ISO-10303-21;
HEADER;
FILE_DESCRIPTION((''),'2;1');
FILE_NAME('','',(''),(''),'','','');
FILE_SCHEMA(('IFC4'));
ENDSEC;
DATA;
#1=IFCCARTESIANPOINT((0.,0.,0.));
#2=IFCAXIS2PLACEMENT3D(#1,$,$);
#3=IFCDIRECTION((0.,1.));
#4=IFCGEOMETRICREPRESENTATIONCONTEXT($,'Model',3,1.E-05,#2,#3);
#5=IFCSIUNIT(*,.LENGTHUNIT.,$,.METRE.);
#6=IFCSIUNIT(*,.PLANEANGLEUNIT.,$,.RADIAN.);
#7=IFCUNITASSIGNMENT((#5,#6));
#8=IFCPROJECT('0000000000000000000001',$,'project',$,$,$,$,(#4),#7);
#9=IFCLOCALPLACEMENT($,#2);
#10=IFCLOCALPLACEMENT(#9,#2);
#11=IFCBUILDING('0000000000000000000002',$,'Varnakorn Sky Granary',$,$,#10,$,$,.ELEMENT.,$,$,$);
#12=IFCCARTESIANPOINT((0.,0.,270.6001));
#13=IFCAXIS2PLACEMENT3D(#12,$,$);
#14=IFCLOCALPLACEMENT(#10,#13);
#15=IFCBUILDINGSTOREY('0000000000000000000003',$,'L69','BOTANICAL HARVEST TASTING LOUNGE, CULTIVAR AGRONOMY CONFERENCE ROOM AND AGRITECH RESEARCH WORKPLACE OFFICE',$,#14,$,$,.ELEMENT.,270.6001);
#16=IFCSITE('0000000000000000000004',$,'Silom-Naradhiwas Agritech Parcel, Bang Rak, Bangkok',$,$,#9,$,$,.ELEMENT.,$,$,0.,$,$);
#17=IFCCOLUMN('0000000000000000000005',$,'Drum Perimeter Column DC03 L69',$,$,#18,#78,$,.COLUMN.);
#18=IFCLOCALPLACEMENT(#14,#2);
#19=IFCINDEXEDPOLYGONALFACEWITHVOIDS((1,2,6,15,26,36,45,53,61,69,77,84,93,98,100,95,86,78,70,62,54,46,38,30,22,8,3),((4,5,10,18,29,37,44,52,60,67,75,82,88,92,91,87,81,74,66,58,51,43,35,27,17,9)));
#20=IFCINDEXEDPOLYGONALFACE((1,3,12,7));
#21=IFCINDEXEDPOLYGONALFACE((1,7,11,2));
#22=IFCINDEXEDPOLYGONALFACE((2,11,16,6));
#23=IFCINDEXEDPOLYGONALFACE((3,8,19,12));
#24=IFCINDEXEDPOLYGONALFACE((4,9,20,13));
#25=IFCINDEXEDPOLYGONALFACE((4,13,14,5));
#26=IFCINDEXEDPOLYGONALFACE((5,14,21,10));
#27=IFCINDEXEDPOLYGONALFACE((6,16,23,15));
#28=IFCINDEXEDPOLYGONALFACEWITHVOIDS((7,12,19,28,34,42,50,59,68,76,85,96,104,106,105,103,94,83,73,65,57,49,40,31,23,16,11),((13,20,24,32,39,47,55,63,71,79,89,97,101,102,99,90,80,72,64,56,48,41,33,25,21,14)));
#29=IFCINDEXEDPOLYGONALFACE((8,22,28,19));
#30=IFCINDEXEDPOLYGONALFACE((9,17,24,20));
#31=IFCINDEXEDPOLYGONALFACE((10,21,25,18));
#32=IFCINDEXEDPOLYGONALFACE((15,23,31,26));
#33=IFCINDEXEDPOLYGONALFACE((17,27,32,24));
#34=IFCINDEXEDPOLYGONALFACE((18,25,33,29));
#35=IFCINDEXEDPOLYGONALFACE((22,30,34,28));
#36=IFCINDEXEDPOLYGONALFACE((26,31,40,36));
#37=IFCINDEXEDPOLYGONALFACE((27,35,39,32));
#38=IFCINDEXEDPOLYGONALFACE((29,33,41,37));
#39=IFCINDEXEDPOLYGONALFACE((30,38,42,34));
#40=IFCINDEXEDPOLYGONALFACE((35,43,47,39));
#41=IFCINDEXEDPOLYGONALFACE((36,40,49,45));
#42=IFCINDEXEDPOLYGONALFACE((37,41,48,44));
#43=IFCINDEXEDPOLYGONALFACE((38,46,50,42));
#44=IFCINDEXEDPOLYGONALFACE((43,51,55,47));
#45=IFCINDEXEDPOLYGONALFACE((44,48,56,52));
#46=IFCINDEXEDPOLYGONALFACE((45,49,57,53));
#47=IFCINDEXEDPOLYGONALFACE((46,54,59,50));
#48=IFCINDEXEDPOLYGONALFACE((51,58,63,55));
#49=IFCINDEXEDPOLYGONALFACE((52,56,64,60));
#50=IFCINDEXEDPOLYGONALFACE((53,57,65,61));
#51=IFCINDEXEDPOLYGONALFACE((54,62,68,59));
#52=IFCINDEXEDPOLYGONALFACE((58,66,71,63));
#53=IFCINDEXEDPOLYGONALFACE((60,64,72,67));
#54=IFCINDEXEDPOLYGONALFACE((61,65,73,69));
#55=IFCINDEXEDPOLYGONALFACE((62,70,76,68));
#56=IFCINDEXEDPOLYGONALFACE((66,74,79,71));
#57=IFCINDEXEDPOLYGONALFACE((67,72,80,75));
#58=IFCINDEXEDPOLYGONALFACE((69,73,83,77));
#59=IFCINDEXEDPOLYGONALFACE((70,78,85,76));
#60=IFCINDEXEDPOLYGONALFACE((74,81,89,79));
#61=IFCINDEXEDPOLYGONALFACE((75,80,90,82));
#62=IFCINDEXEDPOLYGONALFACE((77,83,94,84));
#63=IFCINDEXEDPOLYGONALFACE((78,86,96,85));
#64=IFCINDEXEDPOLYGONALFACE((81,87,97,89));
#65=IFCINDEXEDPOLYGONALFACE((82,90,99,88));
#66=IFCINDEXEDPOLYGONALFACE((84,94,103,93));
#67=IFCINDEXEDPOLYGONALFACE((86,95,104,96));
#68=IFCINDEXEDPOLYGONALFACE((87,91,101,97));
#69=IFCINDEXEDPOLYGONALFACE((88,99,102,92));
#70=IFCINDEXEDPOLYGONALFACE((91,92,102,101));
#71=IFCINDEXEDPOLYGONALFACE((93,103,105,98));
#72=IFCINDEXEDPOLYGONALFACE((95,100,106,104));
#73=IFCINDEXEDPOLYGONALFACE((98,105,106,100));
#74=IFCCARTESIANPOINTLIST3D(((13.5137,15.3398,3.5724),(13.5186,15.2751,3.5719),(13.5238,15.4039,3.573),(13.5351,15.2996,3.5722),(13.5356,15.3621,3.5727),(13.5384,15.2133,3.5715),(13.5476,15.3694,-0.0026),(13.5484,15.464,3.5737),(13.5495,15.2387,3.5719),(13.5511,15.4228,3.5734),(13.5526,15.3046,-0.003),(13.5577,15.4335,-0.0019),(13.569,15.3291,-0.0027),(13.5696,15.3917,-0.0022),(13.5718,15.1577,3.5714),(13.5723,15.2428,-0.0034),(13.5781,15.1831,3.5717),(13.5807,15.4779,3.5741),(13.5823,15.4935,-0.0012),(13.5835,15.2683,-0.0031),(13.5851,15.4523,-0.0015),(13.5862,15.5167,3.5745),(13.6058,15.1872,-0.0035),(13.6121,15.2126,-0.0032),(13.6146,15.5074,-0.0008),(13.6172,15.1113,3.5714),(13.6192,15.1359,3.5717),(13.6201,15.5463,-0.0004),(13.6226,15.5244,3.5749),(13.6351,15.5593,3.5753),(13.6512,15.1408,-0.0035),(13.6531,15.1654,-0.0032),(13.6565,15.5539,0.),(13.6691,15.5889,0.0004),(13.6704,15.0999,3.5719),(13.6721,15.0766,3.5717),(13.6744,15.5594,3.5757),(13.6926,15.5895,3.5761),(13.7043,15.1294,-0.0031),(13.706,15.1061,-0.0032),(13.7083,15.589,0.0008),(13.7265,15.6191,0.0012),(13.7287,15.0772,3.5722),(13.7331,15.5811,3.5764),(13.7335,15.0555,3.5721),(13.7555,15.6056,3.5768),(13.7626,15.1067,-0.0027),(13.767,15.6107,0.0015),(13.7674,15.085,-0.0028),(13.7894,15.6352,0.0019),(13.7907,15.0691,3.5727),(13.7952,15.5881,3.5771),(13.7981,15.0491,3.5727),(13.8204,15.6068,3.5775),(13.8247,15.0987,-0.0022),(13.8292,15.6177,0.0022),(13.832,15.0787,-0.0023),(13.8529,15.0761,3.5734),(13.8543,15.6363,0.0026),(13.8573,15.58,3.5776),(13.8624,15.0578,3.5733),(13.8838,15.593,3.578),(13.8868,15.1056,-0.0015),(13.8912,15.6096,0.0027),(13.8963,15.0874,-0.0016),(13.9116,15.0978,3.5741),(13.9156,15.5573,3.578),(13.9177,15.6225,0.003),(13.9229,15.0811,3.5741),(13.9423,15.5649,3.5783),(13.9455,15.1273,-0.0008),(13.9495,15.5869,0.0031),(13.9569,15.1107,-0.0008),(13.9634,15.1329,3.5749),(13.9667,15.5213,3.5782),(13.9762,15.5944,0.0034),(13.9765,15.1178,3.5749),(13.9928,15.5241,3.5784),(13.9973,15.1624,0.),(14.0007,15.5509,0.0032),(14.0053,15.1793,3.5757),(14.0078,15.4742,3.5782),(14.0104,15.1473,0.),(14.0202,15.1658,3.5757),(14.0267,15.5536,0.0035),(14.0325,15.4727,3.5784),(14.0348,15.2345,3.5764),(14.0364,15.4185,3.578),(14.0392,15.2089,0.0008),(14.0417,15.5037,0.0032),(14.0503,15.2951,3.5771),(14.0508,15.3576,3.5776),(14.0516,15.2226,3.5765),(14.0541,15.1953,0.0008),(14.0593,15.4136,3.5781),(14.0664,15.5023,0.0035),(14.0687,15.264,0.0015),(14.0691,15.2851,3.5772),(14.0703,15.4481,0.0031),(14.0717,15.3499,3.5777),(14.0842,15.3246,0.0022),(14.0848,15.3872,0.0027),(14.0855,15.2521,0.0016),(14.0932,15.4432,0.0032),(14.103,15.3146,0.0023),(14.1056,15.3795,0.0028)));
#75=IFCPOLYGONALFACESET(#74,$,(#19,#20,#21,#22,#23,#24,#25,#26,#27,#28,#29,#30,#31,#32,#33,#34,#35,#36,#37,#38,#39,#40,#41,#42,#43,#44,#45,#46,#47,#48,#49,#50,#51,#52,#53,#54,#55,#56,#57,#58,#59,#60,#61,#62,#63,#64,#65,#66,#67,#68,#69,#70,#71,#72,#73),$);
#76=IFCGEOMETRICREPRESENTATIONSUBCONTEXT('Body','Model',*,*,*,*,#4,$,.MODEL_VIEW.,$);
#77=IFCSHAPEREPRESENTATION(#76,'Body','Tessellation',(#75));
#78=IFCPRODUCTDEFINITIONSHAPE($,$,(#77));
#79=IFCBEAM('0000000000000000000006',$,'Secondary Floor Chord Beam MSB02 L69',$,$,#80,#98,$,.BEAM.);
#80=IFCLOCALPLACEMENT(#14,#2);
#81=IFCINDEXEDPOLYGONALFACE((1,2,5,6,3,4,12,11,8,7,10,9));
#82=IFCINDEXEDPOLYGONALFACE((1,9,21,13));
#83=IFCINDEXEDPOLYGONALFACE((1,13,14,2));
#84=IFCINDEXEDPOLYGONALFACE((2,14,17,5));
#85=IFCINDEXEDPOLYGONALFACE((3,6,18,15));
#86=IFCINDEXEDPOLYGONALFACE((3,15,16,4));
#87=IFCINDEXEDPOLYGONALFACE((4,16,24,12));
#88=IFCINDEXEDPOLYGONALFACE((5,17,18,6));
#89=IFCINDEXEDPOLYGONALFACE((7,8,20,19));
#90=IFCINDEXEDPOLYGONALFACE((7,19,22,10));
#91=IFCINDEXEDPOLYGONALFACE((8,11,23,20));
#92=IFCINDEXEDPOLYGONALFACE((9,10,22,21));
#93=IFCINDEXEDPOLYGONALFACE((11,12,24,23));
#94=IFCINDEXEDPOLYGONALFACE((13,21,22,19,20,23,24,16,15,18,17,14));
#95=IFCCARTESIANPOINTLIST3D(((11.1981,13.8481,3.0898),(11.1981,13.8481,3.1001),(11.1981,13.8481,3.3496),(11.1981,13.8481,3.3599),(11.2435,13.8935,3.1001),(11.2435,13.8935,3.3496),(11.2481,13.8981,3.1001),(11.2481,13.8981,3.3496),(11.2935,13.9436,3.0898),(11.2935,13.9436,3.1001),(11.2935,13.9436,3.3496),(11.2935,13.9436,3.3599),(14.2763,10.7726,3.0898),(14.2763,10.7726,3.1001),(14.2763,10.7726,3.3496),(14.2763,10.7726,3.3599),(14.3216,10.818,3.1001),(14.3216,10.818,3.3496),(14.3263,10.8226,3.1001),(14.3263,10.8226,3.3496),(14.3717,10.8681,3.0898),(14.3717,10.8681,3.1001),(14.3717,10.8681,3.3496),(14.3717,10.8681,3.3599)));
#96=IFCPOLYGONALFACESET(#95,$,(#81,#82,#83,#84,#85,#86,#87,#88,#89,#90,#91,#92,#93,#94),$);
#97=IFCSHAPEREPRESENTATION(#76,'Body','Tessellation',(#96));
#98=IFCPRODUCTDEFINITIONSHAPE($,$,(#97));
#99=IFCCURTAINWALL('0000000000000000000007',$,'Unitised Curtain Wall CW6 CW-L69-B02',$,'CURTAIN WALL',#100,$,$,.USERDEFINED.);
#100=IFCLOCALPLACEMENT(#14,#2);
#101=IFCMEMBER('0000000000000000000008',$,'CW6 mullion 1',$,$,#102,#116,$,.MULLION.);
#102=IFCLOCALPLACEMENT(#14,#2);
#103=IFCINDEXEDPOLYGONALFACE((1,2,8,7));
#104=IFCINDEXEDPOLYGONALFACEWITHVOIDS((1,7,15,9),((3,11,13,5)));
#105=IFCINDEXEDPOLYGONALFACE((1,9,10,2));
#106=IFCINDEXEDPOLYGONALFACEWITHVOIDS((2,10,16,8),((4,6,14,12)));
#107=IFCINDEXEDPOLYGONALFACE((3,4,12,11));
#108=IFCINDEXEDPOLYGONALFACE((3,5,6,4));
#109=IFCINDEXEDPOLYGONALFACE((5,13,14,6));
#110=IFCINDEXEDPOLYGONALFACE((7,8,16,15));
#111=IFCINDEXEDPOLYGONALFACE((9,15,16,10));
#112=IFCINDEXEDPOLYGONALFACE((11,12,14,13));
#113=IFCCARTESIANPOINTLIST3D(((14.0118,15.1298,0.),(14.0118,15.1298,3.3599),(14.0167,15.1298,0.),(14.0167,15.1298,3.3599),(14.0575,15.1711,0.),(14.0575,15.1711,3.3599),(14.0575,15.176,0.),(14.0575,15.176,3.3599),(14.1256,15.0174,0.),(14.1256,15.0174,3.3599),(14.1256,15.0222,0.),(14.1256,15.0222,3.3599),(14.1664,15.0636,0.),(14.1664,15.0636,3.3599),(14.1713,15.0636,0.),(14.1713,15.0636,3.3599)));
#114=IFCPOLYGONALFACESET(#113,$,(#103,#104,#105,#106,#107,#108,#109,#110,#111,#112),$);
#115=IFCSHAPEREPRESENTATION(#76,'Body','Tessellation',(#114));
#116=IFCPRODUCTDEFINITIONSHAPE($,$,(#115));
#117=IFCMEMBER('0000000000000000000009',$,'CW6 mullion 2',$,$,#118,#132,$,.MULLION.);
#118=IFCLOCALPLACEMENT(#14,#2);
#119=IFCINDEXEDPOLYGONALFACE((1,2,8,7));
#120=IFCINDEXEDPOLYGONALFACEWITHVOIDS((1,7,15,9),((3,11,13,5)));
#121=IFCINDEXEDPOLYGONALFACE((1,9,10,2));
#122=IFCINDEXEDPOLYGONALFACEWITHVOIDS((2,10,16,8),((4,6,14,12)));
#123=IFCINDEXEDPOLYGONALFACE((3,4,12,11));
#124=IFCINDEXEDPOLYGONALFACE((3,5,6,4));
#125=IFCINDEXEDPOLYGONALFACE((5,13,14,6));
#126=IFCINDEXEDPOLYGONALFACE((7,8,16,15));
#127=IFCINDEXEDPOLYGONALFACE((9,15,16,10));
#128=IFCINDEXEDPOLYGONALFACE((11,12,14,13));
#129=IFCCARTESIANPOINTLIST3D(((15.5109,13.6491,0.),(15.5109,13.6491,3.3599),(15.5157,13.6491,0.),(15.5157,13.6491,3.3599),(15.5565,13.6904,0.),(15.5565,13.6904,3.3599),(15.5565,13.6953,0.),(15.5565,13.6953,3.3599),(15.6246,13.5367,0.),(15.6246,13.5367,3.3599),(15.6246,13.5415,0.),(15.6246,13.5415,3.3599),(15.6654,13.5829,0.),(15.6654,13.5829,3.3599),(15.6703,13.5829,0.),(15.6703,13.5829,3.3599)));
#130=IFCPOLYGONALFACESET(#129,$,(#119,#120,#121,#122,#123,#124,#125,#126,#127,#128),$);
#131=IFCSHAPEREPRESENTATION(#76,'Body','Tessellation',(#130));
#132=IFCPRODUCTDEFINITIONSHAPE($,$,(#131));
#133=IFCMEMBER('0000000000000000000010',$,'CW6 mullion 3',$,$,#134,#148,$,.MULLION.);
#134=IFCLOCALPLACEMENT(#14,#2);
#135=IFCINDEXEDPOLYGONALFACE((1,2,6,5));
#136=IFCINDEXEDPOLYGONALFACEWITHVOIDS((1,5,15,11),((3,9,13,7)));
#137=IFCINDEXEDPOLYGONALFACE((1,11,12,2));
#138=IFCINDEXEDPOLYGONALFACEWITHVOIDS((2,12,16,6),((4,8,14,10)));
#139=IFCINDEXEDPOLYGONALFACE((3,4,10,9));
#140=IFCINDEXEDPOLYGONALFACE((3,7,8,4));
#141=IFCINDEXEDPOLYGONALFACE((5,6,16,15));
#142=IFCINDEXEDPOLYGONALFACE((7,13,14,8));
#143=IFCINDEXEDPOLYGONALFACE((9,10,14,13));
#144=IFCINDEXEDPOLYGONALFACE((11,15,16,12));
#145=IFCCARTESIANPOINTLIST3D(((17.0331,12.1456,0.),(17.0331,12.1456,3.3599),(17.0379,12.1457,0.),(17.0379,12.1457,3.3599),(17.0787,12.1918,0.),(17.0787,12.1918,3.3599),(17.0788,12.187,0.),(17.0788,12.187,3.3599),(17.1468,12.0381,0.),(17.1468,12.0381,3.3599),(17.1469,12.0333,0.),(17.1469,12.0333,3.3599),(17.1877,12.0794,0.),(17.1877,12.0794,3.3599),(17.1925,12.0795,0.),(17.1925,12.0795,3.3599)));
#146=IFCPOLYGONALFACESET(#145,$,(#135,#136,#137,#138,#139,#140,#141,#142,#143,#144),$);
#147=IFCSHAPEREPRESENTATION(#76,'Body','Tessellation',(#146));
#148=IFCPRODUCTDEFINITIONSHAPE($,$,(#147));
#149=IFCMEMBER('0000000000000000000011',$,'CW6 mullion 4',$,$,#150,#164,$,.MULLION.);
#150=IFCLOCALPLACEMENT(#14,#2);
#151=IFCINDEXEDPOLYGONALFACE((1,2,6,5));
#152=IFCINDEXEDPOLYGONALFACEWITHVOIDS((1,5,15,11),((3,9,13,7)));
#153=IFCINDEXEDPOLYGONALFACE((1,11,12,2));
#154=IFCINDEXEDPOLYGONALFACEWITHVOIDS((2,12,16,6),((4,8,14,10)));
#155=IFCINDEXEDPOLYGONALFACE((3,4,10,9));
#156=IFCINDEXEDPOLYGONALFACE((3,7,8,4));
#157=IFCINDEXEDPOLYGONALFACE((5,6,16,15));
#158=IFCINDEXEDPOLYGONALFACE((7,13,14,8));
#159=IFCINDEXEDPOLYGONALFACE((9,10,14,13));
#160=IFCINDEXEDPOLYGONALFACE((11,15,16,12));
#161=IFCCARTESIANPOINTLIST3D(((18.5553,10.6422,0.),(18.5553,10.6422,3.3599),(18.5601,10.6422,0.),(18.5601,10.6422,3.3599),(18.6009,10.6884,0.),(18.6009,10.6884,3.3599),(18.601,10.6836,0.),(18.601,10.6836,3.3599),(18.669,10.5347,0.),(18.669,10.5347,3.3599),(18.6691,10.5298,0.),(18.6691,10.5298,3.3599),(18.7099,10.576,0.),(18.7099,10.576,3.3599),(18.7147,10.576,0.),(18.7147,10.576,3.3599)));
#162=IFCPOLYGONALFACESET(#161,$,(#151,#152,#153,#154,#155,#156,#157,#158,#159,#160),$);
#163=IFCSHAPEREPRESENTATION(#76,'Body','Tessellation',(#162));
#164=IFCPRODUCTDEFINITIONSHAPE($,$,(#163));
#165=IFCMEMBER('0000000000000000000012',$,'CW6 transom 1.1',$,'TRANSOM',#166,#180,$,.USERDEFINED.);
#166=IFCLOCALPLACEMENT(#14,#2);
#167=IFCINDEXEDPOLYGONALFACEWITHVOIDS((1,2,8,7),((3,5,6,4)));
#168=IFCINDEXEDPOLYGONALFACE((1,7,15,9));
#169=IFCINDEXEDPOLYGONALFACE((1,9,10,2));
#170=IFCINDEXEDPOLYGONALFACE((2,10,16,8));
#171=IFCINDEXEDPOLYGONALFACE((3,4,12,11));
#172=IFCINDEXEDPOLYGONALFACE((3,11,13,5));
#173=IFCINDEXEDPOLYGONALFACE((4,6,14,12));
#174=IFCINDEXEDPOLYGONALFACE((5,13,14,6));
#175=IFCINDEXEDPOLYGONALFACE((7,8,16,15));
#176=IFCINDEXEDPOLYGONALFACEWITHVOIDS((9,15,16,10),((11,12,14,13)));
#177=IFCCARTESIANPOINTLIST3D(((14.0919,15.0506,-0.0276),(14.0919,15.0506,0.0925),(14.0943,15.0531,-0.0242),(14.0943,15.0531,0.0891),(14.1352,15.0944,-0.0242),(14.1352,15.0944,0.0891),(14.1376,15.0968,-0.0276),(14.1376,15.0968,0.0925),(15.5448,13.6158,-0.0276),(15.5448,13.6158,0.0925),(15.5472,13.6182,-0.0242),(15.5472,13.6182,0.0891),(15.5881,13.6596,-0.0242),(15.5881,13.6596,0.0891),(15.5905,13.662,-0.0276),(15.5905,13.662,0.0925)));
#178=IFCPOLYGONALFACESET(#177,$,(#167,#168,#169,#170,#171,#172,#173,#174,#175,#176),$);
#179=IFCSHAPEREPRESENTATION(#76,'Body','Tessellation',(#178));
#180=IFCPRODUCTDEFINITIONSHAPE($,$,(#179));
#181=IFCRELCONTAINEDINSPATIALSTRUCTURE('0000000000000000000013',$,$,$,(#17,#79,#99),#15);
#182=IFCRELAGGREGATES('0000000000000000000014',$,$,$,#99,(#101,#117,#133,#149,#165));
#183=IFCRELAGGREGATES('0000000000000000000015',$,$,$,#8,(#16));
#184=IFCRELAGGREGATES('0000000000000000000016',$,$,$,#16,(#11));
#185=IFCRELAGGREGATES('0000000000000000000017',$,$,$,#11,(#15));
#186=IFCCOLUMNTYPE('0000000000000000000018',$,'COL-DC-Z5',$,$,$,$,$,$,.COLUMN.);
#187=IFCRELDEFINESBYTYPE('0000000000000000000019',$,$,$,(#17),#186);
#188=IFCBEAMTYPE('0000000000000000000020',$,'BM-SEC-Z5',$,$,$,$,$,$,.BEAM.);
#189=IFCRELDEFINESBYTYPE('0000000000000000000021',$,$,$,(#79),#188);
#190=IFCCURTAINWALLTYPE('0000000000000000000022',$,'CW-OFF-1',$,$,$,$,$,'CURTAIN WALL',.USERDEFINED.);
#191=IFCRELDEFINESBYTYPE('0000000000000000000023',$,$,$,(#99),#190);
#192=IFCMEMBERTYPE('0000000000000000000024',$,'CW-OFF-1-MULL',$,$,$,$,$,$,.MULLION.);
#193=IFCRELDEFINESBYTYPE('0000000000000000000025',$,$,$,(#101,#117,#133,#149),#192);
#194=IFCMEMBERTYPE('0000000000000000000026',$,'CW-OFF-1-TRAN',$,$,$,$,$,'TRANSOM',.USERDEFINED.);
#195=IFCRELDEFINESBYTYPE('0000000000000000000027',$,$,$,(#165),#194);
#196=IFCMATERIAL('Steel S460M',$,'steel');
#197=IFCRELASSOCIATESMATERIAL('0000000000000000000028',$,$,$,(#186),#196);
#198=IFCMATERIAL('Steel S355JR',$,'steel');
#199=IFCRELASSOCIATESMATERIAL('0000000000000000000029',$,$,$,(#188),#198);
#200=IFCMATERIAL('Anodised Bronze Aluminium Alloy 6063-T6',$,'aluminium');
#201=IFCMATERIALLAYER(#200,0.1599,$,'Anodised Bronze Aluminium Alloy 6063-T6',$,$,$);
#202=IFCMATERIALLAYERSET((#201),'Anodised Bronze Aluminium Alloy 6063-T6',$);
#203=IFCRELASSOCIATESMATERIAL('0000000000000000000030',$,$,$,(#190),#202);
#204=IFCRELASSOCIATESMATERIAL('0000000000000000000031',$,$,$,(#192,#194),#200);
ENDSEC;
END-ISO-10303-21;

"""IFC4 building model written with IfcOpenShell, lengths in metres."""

from ifc_helpers import new_model, si_unit, direction, frame, origin, origin_2d, place, context, subcontext, project, spatial, hollow_rectangle, hollow_circle, i_section, extrude, material, layer, layer_set, material_profile, profile_set, type_object, element, aggregate, save


model = new_model("IFC4")

# Units and contexts
model_context = context("Model", 3, precision=1e-05, world=origin(), true_north=direction((0.0, 1.0)))
body_context = subcontext(model_context, "Body", "Model", "MODEL_VIEW")
ifc_project = project(units=[si_unit("LENGTHUNIT", "METRE"), si_unit("PLANEANGLEUNIT", "RADIAN")], contexts=[model_context])

# Site, building, storey
site_placement = place(None, origin())
site = spatial("IfcSite", under=ifc_project, at=site_placement, Name="Silom-Naradhiwas Agritech Parcel, Bang Rak, Bangkok", CompositionType="ELEMENT", RefElevation=0.0)
building_placement = place(site_placement, origin())
building = spatial("IfcBuilding", under=site, at=building_placement, Name="Varnakorn Sky Granary", CompositionType="ELEMENT")
storey_placement = place(building_placement, frame((0.0, 0.0, 270.6001)))
storey = spatial("IfcBuildingStorey", under=building, at=storey_placement, Name="L69", Description="BOTANICAL HARVEST TASTING LOUNGE, CULTIVAR AGRONOMY CONFERENCE ROOM AND AGRITECH RESEARCH WORKPLACE OFFICE", CompositionType="ELEMENT", Elevation=270.6001)

# Column
ifc_material_1 = material(Name="Steel S460M", Category="steel")
ifc_material_profile_1 = material_profile(ifc_material_1, hollow_circle(Radius=0.2795, WallThickness=0.02, at=origin_2d()), Name="CHS 559x20")
ifc_profile_set_1 = profile_set([ifc_material_profile_1], Name="Steel S460M")
column_type = type_object("IfcColumnType", Name="COL-DC-Z5", PredefinedType="COLUMN", material=ifc_profile_set_1)
column_placement = place(storey_placement, frame((13.8269, 15.3582, 0.0), z_axis=(-0.009492, -0.008263, 0.999921), x_axis=(0.656582, -0.754255, 0.0)))
element("IfcColumn", 1, at=column_placement, inside=storey, type_object=column_type, Name="Drum Perimeter Column DC03 L69", PredefinedType="COLUMN", context=body_context, shape_type="SweptSolid", body=[
    extrude(hollow_circle(Radius=0.2795, WallThickness=0.02, at=origin_2d()), origin(), (0.0, 0.0, 1.0), 3.5752),
])

# Beam
ifc_material_2 = material(Name="Steel S355JR", Category="steel")
ifc_material_profile_2 = material_profile(ifc_material_2, i_section(OverallWidth=0.135, OverallDepth=0.27, WebThickness=0.0066, FlangeThickness=0.0103, at=origin_2d()), Name="IPE 270")
ifc_profile_set_2 = profile_set([ifc_material_profile_2], Name="Steel S355JR")
beam_type = type_object("IfcBeamType", Name="BM-SEC-Z5", PredefinedType="BEAM", material=ifc_profile_set_2)
beam_placement = place(storey_placement, frame((14.324, 10.8203, 3.2249), z_axis=(-0.707415, 0.706798, 0.0), x_axis=(-0.706798, -0.707415, 0.0)))
element("IfcBeam", 2, at=beam_placement, inside=storey, type_object=beam_type, Name="Secondary Floor Chord Beam MSB02 L69", PredefinedType="BEAM", context=body_context, shape_type="SweptSolid", body=[
    extrude(i_section(OverallWidth=0.135, OverallDepth=0.27, WebThickness=0.0066, FlangeThickness=0.0103, at=origin_2d()), origin(), (0.0, 0.0, 1.0), 4.3513),
])

# Curtain wall, members
ifc_material_3 = material(Name="Anodised Bronze Aluminium Alloy 6063-T6", Category="aluminium")
ifc_layer_1 = layer(ifc_material_3, 0.1599, Name="Anodised Bronze Aluminium Alloy 6063-T6")
ifc_layer_set_1 = layer_set([ifc_layer_1], Name="Anodised Bronze Aluminium Alloy 6063-T6")
curtain_wall_type = type_object("IfcCurtainWallType", Name="CW-OFF-1", ElementType="CURTAIN WALL", PredefinedType="USERDEFINED", material=ifc_layer_set_1)
curtain_wall_placement = place(storey_placement, origin())
curtain_wall = element("IfcCurtainWall", 3, at=curtain_wall_placement, inside=storey, type_object=curtain_wall_type, Name="Unitised Curtain Wall CW6 CW-L69-B02", ObjectType="CURTAIN WALL", PredefinedType="USERDEFINED")
ifc_material_profile_3 = material_profile(ifc_material_3, hollow_rectangle(XDim=0.0649, YDim=0.1599, WallThickness=0.0034, at=origin_2d()), Name="ALU MULL 65x160")
ifc_profile_set_3 = profile_set([ifc_material_profile_3], Name="Anodised Bronze Aluminium Alloy 6063-T6")
member_type_1 = type_object("IfcMemberType", Name="CW-OFF-1-MULL", PredefinedType="MULLION", material=ifc_profile_set_3)
member_1_placement = place(storey_placement, frame((14.0916, 15.0967, 0.0), z_axis=(0.0, 0.0, 1.0), x_axis=(0.702729, 0.711458, 0.0)))
member_1 = element("IfcMember", 4, at=member_1_placement, type_object=member_type_1, Name="CW6 mullion 1", PredefinedType="MULLION", context=body_context, shape_type="SweptSolid", body=[
    extrude(hollow_rectangle(XDim=0.0649, YDim=0.1599, WallThickness=0.0034, at=origin_2d()), origin(), (0.0, 0.0, 1.0), 3.3599),
])
member_2_placement = place(storey_placement, frame((15.5906, 13.616, 0.0), z_axis=(0.0, 0.0, 1.0), x_axis=(0.702729, 0.711458, 0.0)))
member_2 = element("IfcMember", 5, at=member_2_placement, type_object=member_type_1, Name="CW6 mullion 2", PredefinedType="MULLION", context=body_context, shape_type="SweptSolid", body=[
    extrude(hollow_rectangle(XDim=0.0649, YDim=0.1599, WallThickness=0.0034, at=origin_2d()), origin(), (0.0, 0.0, 1.0), 3.3599),
])
member_3_placement = place(storey_placement, frame((17.1128, 12.1125, 0.0), z_axis=(0.0, 0.0, 1.0), x_axis=(0.702729, 0.711458, 0.0)))
member_3 = element("IfcMember", 6, at=member_3_placement, type_object=member_type_1, Name="CW6 mullion 3", PredefinedType="MULLION", context=body_context, shape_type="SweptSolid", body=[
    extrude(hollow_rectangle(XDim=0.0649, YDim=0.1599, WallThickness=0.0034, at=origin_2d()), origin(), (0.0, 0.0, 1.0), 3.3599),
])
member_4_placement = place(storey_placement, frame((18.635, 10.6091, 0.0), z_axis=(0.0, 0.0, 1.0), x_axis=(0.702729, 0.711458, 0.0)))
member_4 = element("IfcMember", 7, at=member_4_placement, type_object=member_type_1, Name="CW6 mullion 4", PredefinedType="MULLION", context=body_context, shape_type="SweptSolid", body=[
    extrude(hollow_rectangle(XDim=0.0649, YDim=0.1599, WallThickness=0.0034, at=origin_2d()), origin(), (0.0, 0.0, 1.0), 3.3599),
])
ifc_material_profile_4 = material_profile(ifc_material_3, hollow_rectangle(XDim=0.0649, YDim=0.1201, WallThickness=0.0034, at=origin_2d()), Name="ALU TRAN 65x120")
ifc_profile_set_4 = profile_set([ifc_material_profile_4], Name="Anodised Bronze Aluminium Alloy 6063-T6")
member_type_2 = type_object("IfcMemberType", Name="CW-OFF-1-TRAN", ElementType="TRANSOM", PredefinedType="USERDEFINED", material=ifc_profile_set_4)
member_5_placement = place(storey_placement, frame((14.1147, 15.0737, 0.0325), z_axis=(0.711517, -0.702669, 0.0), x_axis=(0.702669, 0.711517, 0.0)))
member_5 = element("IfcMember", 8, at=member_5_placement, type_object=member_type_2, Name="CW6 transom 1.1", ObjectType="TRANSOM", PredefinedType="USERDEFINED", context=body_context, shape_type="SweptSolid", body=[
    extrude(hollow_rectangle(XDim=0.0649, YDim=0.1201, WallThickness=0.0034, at=origin_2d()), origin(), (0.0, 0.0, 1.0), 2.042),
])

aggregate(curtain_wall, [member_1, member_2, member_3, member_4, member_5])

save(model, "model.ifc")
